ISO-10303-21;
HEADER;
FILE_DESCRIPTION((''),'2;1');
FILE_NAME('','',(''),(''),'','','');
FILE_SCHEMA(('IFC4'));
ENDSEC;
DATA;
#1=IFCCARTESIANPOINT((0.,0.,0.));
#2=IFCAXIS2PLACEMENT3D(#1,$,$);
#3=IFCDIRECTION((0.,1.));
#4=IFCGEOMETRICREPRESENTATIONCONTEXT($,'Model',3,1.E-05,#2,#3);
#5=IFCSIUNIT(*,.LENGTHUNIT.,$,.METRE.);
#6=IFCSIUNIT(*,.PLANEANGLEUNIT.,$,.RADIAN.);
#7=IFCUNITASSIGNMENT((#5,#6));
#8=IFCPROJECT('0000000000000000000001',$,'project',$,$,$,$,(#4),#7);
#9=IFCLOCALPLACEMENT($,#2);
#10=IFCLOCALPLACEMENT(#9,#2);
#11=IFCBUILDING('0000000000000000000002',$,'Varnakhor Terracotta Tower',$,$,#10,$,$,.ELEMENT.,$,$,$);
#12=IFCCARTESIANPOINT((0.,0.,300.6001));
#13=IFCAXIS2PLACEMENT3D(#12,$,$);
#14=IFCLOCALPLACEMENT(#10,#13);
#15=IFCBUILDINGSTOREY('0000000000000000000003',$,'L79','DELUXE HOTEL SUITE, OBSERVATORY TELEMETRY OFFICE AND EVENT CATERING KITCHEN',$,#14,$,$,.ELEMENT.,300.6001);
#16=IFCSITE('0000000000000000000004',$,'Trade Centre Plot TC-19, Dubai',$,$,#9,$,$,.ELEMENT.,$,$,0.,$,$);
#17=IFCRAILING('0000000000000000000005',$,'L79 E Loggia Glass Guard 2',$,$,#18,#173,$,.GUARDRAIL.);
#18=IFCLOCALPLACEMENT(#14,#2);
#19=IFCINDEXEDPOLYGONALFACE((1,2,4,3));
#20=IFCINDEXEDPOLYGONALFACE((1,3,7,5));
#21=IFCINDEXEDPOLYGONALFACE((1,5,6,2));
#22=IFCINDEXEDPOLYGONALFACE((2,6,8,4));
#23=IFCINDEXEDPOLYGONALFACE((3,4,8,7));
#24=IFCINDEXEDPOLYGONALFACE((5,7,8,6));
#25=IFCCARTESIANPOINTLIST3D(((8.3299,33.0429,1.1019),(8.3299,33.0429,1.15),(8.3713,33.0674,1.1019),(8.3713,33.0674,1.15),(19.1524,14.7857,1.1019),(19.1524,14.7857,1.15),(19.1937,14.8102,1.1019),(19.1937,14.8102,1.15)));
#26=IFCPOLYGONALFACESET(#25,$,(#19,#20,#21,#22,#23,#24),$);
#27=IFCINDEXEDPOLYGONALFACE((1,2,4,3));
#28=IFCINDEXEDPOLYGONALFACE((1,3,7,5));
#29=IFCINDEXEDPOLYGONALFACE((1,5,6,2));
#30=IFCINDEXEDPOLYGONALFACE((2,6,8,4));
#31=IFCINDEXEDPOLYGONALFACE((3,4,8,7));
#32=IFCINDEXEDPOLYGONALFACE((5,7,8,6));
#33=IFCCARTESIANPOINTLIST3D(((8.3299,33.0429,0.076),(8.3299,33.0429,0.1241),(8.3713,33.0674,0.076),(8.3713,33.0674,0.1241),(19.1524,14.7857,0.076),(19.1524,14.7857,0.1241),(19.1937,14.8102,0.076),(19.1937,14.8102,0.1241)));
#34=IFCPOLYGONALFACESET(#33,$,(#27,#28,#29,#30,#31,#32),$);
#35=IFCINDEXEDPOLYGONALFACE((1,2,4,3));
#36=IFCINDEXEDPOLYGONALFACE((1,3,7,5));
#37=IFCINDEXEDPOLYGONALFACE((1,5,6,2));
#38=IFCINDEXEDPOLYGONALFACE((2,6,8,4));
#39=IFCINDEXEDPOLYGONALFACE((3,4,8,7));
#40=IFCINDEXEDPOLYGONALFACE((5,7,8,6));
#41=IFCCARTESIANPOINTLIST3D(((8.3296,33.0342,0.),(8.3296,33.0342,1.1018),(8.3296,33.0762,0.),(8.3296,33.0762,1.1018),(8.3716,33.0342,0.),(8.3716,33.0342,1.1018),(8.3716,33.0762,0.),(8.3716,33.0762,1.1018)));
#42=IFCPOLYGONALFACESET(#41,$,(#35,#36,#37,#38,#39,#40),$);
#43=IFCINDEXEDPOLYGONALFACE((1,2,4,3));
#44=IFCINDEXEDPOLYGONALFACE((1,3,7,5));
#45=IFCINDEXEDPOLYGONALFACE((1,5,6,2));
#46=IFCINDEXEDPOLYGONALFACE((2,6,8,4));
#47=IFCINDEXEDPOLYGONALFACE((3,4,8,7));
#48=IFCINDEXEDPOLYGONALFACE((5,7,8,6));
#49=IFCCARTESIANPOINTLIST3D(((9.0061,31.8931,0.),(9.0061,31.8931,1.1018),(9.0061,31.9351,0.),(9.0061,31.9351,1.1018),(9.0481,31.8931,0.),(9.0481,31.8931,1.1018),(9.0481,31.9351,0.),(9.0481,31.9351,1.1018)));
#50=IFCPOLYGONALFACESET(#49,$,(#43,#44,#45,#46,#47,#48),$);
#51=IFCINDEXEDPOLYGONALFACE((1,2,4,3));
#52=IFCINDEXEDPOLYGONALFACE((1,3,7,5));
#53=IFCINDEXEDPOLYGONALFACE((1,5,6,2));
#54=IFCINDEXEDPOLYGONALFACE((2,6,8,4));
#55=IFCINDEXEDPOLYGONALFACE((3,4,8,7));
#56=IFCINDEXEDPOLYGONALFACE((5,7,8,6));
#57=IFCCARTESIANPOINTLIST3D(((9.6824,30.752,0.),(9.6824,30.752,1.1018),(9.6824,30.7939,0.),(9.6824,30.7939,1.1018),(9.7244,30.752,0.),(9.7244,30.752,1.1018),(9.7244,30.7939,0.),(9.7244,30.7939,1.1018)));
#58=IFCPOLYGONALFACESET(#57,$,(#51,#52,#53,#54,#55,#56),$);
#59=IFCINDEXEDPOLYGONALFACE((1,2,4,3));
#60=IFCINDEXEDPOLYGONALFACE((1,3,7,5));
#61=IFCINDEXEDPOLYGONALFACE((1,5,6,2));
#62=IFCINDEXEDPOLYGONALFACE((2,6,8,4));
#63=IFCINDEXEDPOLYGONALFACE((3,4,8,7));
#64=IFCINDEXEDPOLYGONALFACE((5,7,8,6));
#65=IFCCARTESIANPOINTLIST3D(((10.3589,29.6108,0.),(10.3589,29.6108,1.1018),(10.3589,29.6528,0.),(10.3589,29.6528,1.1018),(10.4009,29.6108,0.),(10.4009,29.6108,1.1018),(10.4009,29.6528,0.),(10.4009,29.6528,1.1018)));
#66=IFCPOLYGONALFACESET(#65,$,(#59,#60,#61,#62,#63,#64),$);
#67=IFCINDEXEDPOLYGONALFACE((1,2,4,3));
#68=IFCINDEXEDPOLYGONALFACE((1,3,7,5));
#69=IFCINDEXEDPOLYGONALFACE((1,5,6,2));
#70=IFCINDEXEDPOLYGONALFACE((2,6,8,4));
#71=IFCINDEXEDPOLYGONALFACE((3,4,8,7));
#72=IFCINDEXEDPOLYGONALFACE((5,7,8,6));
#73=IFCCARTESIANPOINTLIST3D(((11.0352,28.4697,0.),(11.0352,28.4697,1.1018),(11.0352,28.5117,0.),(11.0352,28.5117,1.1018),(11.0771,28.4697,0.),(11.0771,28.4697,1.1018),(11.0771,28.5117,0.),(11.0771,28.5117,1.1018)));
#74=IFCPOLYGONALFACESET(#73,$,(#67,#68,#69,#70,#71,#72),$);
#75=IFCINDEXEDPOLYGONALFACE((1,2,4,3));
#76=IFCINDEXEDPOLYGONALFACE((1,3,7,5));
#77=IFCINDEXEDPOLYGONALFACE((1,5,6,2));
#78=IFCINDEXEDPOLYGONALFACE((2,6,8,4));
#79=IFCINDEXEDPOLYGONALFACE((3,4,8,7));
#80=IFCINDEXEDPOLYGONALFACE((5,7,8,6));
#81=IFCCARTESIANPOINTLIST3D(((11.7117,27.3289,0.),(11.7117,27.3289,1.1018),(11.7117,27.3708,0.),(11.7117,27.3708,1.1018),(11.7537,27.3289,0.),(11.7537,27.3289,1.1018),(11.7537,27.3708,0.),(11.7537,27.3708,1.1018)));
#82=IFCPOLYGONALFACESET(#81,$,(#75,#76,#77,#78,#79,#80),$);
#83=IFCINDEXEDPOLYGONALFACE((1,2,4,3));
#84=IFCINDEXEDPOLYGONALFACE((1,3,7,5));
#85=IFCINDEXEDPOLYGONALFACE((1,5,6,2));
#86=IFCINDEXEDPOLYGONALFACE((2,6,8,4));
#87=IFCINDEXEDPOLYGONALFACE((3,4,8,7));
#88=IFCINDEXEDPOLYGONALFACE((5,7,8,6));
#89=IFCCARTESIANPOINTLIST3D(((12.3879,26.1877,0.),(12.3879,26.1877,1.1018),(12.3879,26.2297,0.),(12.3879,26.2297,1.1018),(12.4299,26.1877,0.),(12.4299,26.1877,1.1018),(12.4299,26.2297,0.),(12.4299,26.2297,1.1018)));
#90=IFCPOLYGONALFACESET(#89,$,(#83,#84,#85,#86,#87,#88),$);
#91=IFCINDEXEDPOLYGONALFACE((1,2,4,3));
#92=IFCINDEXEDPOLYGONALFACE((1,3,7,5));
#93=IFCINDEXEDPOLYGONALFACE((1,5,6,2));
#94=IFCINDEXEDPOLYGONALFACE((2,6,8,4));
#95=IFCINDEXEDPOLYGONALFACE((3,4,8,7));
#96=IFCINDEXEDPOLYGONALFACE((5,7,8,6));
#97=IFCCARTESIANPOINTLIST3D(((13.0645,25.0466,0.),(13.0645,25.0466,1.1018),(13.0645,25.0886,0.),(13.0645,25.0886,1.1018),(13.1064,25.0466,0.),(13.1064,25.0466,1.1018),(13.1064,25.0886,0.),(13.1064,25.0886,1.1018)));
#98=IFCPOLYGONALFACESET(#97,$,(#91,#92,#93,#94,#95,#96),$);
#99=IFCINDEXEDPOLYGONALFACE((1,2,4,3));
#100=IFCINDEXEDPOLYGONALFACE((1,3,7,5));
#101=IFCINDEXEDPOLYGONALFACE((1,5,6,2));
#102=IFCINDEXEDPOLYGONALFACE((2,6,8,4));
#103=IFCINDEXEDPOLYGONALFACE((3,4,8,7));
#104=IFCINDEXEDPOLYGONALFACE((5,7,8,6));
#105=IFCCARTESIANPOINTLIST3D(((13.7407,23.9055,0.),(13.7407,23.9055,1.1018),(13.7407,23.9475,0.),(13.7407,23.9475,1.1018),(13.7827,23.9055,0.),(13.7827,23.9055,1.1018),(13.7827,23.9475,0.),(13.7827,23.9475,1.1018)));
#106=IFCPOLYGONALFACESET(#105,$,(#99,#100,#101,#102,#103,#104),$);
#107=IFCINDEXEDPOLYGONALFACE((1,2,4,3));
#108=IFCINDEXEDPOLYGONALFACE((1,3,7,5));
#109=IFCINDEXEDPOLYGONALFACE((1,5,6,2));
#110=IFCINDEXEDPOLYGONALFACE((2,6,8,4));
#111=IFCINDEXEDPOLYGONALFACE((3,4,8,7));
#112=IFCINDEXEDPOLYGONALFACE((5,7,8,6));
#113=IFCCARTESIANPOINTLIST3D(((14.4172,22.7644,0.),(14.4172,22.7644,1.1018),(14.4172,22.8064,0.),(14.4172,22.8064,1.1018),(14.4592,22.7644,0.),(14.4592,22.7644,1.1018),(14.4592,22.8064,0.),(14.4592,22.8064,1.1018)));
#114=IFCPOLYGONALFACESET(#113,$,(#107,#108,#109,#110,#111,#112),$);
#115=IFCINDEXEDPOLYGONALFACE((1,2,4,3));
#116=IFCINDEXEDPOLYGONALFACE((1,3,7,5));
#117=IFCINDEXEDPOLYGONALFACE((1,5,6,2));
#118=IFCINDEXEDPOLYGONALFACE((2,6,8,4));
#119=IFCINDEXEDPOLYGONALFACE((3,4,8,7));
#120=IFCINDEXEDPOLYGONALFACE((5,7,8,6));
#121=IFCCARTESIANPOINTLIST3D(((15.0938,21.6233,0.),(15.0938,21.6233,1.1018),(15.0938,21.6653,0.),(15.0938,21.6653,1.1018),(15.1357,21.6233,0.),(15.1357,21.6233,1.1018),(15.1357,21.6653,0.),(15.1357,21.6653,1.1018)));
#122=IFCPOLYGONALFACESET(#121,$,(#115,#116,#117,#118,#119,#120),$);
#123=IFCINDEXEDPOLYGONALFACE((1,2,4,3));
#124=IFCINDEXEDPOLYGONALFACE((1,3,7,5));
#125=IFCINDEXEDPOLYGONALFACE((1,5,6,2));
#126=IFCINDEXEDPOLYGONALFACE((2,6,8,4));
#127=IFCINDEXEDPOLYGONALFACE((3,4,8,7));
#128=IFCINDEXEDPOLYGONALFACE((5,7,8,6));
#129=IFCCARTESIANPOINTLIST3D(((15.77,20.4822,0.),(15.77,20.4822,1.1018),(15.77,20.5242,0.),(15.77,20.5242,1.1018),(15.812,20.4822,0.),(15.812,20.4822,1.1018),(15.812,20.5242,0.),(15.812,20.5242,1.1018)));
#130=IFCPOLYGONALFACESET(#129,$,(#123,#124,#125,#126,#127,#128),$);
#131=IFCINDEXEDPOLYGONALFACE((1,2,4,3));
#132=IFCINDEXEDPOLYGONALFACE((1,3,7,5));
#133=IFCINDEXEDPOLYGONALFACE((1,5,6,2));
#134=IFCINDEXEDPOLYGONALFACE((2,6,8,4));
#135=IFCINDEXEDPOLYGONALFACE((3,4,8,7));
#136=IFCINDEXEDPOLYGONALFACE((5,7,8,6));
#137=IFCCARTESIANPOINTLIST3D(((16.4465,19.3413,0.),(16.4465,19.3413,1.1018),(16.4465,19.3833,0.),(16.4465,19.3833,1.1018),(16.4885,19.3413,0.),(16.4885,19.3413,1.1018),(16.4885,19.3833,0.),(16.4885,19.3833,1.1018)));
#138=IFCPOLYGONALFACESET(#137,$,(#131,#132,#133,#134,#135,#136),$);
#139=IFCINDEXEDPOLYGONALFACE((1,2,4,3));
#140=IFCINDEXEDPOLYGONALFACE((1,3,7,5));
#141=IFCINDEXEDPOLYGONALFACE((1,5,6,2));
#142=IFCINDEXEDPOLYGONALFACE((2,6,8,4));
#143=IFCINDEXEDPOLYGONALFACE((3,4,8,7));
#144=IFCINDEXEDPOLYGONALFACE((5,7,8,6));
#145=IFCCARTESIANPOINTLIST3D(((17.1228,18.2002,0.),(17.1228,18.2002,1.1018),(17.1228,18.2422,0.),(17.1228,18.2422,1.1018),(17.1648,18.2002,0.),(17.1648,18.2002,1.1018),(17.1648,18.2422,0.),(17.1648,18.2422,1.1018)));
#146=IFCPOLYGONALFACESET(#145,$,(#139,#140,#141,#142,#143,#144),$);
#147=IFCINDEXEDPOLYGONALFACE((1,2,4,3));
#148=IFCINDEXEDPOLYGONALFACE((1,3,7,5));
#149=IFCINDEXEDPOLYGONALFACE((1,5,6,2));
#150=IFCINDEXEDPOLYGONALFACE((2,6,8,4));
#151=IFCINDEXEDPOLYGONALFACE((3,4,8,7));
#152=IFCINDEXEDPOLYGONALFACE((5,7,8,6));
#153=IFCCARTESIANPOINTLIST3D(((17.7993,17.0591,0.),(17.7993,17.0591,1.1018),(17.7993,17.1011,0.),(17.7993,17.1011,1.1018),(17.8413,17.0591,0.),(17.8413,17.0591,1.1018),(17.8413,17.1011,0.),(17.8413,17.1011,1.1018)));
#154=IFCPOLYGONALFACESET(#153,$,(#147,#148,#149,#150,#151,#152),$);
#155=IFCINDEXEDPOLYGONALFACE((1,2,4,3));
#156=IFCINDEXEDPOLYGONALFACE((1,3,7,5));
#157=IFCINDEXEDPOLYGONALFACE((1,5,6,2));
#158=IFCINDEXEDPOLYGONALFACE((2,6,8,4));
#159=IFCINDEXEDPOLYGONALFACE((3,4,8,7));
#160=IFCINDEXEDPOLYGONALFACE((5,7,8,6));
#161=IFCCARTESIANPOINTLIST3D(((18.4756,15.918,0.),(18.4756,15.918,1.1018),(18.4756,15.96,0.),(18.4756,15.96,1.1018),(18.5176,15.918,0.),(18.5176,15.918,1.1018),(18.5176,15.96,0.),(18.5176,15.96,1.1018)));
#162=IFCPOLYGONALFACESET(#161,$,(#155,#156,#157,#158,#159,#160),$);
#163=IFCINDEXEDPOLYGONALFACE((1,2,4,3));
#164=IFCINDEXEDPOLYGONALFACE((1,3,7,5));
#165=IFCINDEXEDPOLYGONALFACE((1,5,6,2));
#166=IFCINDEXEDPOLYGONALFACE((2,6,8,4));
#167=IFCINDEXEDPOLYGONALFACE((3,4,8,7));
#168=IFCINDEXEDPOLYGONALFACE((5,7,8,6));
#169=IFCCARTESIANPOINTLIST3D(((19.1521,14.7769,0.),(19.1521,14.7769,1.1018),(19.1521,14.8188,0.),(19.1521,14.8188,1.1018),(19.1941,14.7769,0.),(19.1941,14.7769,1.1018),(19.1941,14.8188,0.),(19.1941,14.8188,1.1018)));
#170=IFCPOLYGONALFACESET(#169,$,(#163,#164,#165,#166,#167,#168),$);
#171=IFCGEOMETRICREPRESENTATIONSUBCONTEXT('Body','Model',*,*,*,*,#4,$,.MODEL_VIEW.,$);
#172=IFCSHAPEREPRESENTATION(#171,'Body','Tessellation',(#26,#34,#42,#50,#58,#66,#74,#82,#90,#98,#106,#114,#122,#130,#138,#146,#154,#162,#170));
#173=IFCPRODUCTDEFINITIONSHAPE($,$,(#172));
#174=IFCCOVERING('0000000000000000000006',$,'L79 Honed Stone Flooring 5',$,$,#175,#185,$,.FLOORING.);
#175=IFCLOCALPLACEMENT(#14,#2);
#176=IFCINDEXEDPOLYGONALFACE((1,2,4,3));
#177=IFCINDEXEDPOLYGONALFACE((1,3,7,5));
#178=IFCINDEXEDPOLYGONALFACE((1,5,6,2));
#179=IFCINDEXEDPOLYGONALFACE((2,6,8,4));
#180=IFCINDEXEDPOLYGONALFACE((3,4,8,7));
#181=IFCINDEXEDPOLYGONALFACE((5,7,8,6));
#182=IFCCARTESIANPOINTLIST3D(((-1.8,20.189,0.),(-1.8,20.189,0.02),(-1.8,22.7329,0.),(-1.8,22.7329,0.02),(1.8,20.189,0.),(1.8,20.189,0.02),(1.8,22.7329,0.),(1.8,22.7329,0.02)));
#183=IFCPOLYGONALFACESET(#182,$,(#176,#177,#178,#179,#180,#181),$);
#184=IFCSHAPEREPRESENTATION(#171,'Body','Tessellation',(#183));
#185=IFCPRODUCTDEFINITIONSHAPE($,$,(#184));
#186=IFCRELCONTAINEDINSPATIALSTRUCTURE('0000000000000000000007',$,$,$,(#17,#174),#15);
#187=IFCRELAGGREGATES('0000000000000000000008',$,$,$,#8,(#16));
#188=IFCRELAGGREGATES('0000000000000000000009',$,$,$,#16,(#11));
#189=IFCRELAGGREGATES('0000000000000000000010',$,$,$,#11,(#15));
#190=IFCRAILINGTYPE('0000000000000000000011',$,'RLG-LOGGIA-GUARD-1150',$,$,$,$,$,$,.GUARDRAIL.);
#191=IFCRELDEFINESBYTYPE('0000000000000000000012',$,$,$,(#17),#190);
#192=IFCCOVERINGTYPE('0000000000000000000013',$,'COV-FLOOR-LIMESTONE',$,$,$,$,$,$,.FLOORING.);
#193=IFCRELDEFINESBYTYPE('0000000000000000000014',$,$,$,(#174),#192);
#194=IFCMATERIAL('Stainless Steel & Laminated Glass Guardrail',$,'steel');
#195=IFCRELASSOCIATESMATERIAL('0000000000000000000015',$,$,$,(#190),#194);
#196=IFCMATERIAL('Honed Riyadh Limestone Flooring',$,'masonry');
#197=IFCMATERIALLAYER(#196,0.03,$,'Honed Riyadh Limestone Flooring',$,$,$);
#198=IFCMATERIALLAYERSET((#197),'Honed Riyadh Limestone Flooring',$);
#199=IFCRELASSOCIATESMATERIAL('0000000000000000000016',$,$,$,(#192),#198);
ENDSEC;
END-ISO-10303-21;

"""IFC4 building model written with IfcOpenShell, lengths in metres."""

from ifc_helpers import new_model, si_unit, direction, frame, origin, origin_2d, place, context, subcontext, project, spatial, rectangle, extrude, source, transform, mapped, material, layer, layer_set, type_object, element, save


model = new_model("IFC4")

# Units and contexts
model_context = context("Model", 3, precision=1e-05, world=origin(), true_north=direction((0.0, 1.0)))
body_context = subcontext(model_context, "Body", "Model", "MODEL_VIEW")
ifc_project = project(units=[si_unit("LENGTHUNIT", "METRE"), si_unit("PLANEANGLEUNIT", "RADIAN")], contexts=[model_context])

# Site, building, storey
site_placement = place(None, origin())
site = spatial("IfcSite", under=ifc_project, at=site_placement, Name="Trade Centre Plot TC-19, Dubai", CompositionType="ELEMENT", RefElevation=0.0)
building_placement = place(site_placement, origin())
building = spatial("IfcBuilding", under=site, at=building_placement, Name="Varnakhor Terracotta Tower", CompositionType="ELEMENT")
storey_placement = place(building_placement, frame((0.0, 0.0, 300.6001)))
storey = spatial("IfcBuildingStorey", under=building, at=storey_placement, Name="L79", Description="DELUXE HOTEL SUITE, OBSERVATORY TELEMETRY OFFICE AND EVENT CATERING KITCHEN", CompositionType="ELEMENT", Elevation=300.6001)

# Railing
ifc_material_1 = material(Name="Stainless Steel & Laminated Glass Guardrail", Category="steel")
railing_type = type_object("IfcRailingType", Name="RLG-LOGGIA-GUARD-1150", PredefinedType="GUARDRAIL", material=ifc_material_1)
railing_1_placement = place(storey_placement, frame((8.3506, 33.0552, 0.0)))
element("IfcRailing", 1, at=railing_1_placement, inside=storey, type_object=railing_type, Name="L79 E Loggia Glass Guard 2", PredefinedType="GUARDRAIL", context=body_context, shape_type="SweptSolid", body=[
    extrude(rectangle(XDim=0.0481, YDim=0.0481, at=origin_2d()), frame((0.0, 0.0, 1.126), z_axis=(0.509919, -0.860222, 0.0), x_axis=(0.860222, 0.509919, 0.0)), (0.0, 0.0, 1.0), 21.2239),
    extrude(rectangle(XDim=0.0481, YDim=0.0481, at=origin_2d()), frame((0.0, 0.0, 0.1001), z_axis=(0.509919, -0.860222, 0.0), x_axis=(0.860222, 0.509919, 0.0)), (0.0, 0.0, 1.0), 21.2239),
    extrude(rectangle(XDim=0.042, YDim=0.042, at=origin_2d()), origin(), (0.0, 0.0, 1.0), 1.1018),
    extrude(rectangle(XDim=0.042, YDim=0.042, at=origin_2d()), frame((0.6765, -1.1411, 0.0)), (0.0, 0.0, 1.0), 1.1018),
    extrude(rectangle(XDim=0.042, YDim=0.042, at=origin_2d()), frame((1.3528, -2.2822, 0.0)), (0.0, 0.0, 1.0), 1.1018),
    extrude(rectangle(XDim=0.042, YDim=0.042, at=origin_2d()), frame((2.0293, -3.4233, 0.0)), (0.0, 0.0, 1.0), 1.1018),
    extrude(rectangle(XDim=0.042, YDim=0.042, at=origin_2d()), frame((2.7056, -4.5645, 0.0)), (0.0, 0.0, 1.0), 1.1018),
    extrude(rectangle(XDim=0.042, YDim=0.042, at=origin_2d()), frame((3.3821, -5.7053, 0.0)), (0.0, 0.0, 1.0), 1.1018),
    extrude(rectangle(XDim=0.042, YDim=0.042, at=origin_2d()), frame((4.0583, -6.8464, 0.0)), (0.0, 0.0, 1.0), 1.1018),
    extrude(rectangle(XDim=0.042, YDim=0.042, at=origin_2d()), frame((4.7349, -7.9875, 0.0)), (0.0, 0.0, 1.0), 1.1018),
    extrude(rectangle(XDim=0.042, YDim=0.042, at=origin_2d()), frame((5.4111, -9.1287, 0.0)), (0.0, 0.0, 1.0), 1.1018),
    extrude(rectangle(XDim=0.042, YDim=0.042, at=origin_2d()), frame((6.0876, -10.2698, 0.0)), (0.0, 0.0, 1.0), 1.1018),
    extrude(rectangle(XDim=0.042, YDim=0.042, at=origin_2d()), frame((6.7642, -11.4109, 0.0)), (0.0, 0.0, 1.0), 1.1018),
    extrude(rectangle(XDim=0.042, YDim=0.042, at=origin_2d()), frame((7.4404, -12.552, 0.0)), (0.0, 0.0, 1.0), 1.1018),
    extrude(rectangle(XDim=0.042, YDim=0.042, at=origin_2d()), frame((8.1169, -13.6929, 0.0)), (0.0, 0.0, 1.0), 1.1018),
    extrude(rectangle(XDim=0.042, YDim=0.042, at=origin_2d()), frame((8.7932, -14.834, 0.0)), (0.0, 0.0, 1.0), 1.1018),
    extrude(rectangle(XDim=0.042, YDim=0.042, at=origin_2d()), frame((9.4697, -15.9751, 0.0)), (0.0, 0.0, 1.0), 1.1018),
    extrude(rectangle(XDim=0.042, YDim=0.042, at=origin_2d()), frame((10.146, -17.1162, 0.0)), (0.0, 0.0, 1.0), 1.1018),
    extrude(rectangle(XDim=0.042, YDim=0.042, at=origin_2d()), frame((10.8225, -18.2573, 0.0)), (0.0, 0.0, 1.0), 1.1018),
])

# Covering
ifc_material_2 = material(Name="Honed Riyadh Limestone Flooring", Category="masonry")
ifc_layer_1 = layer(ifc_material_2, 0.03, Name="Honed Riyadh Limestone Flooring")
ifc_layer_set_1 = layer_set([ifc_layer_1], Name="Honed Riyadh Limestone Flooring")
covering_type = type_object("IfcCoveringType", Name="COV-FLOOR-LIMESTONE", PredefinedType="FLOORING", material=ifc_layer_set_1)
shared_shape_1 = source(origin(), body_context, "Body", "SweptSolid", [
    extrude(rectangle(XDim=3.6001, YDim=2.5439, at=origin_2d()), origin(), (0.0, 0.0, 1.0), 0.02),
])
covering_placement = place(storey_placement, frame((0.0, 21.4609, 0.0), z_axis=(0.0, 0.0, 1.0), x_axis=(1.0, 0.0, 0.0)))
element("IfcCovering", 2, at=covering_placement, inside=storey, type_object=covering_type, Name="L79 Honed Stone Flooring 5", PredefinedType="FLOORING", context=body_context, shape_type="MappedRepresentation", body=[
    mapped(shared_shape_1, transform((0.0, 0.0, 0.0), scale=1.0)),
])

save(model, "model.ifc")
